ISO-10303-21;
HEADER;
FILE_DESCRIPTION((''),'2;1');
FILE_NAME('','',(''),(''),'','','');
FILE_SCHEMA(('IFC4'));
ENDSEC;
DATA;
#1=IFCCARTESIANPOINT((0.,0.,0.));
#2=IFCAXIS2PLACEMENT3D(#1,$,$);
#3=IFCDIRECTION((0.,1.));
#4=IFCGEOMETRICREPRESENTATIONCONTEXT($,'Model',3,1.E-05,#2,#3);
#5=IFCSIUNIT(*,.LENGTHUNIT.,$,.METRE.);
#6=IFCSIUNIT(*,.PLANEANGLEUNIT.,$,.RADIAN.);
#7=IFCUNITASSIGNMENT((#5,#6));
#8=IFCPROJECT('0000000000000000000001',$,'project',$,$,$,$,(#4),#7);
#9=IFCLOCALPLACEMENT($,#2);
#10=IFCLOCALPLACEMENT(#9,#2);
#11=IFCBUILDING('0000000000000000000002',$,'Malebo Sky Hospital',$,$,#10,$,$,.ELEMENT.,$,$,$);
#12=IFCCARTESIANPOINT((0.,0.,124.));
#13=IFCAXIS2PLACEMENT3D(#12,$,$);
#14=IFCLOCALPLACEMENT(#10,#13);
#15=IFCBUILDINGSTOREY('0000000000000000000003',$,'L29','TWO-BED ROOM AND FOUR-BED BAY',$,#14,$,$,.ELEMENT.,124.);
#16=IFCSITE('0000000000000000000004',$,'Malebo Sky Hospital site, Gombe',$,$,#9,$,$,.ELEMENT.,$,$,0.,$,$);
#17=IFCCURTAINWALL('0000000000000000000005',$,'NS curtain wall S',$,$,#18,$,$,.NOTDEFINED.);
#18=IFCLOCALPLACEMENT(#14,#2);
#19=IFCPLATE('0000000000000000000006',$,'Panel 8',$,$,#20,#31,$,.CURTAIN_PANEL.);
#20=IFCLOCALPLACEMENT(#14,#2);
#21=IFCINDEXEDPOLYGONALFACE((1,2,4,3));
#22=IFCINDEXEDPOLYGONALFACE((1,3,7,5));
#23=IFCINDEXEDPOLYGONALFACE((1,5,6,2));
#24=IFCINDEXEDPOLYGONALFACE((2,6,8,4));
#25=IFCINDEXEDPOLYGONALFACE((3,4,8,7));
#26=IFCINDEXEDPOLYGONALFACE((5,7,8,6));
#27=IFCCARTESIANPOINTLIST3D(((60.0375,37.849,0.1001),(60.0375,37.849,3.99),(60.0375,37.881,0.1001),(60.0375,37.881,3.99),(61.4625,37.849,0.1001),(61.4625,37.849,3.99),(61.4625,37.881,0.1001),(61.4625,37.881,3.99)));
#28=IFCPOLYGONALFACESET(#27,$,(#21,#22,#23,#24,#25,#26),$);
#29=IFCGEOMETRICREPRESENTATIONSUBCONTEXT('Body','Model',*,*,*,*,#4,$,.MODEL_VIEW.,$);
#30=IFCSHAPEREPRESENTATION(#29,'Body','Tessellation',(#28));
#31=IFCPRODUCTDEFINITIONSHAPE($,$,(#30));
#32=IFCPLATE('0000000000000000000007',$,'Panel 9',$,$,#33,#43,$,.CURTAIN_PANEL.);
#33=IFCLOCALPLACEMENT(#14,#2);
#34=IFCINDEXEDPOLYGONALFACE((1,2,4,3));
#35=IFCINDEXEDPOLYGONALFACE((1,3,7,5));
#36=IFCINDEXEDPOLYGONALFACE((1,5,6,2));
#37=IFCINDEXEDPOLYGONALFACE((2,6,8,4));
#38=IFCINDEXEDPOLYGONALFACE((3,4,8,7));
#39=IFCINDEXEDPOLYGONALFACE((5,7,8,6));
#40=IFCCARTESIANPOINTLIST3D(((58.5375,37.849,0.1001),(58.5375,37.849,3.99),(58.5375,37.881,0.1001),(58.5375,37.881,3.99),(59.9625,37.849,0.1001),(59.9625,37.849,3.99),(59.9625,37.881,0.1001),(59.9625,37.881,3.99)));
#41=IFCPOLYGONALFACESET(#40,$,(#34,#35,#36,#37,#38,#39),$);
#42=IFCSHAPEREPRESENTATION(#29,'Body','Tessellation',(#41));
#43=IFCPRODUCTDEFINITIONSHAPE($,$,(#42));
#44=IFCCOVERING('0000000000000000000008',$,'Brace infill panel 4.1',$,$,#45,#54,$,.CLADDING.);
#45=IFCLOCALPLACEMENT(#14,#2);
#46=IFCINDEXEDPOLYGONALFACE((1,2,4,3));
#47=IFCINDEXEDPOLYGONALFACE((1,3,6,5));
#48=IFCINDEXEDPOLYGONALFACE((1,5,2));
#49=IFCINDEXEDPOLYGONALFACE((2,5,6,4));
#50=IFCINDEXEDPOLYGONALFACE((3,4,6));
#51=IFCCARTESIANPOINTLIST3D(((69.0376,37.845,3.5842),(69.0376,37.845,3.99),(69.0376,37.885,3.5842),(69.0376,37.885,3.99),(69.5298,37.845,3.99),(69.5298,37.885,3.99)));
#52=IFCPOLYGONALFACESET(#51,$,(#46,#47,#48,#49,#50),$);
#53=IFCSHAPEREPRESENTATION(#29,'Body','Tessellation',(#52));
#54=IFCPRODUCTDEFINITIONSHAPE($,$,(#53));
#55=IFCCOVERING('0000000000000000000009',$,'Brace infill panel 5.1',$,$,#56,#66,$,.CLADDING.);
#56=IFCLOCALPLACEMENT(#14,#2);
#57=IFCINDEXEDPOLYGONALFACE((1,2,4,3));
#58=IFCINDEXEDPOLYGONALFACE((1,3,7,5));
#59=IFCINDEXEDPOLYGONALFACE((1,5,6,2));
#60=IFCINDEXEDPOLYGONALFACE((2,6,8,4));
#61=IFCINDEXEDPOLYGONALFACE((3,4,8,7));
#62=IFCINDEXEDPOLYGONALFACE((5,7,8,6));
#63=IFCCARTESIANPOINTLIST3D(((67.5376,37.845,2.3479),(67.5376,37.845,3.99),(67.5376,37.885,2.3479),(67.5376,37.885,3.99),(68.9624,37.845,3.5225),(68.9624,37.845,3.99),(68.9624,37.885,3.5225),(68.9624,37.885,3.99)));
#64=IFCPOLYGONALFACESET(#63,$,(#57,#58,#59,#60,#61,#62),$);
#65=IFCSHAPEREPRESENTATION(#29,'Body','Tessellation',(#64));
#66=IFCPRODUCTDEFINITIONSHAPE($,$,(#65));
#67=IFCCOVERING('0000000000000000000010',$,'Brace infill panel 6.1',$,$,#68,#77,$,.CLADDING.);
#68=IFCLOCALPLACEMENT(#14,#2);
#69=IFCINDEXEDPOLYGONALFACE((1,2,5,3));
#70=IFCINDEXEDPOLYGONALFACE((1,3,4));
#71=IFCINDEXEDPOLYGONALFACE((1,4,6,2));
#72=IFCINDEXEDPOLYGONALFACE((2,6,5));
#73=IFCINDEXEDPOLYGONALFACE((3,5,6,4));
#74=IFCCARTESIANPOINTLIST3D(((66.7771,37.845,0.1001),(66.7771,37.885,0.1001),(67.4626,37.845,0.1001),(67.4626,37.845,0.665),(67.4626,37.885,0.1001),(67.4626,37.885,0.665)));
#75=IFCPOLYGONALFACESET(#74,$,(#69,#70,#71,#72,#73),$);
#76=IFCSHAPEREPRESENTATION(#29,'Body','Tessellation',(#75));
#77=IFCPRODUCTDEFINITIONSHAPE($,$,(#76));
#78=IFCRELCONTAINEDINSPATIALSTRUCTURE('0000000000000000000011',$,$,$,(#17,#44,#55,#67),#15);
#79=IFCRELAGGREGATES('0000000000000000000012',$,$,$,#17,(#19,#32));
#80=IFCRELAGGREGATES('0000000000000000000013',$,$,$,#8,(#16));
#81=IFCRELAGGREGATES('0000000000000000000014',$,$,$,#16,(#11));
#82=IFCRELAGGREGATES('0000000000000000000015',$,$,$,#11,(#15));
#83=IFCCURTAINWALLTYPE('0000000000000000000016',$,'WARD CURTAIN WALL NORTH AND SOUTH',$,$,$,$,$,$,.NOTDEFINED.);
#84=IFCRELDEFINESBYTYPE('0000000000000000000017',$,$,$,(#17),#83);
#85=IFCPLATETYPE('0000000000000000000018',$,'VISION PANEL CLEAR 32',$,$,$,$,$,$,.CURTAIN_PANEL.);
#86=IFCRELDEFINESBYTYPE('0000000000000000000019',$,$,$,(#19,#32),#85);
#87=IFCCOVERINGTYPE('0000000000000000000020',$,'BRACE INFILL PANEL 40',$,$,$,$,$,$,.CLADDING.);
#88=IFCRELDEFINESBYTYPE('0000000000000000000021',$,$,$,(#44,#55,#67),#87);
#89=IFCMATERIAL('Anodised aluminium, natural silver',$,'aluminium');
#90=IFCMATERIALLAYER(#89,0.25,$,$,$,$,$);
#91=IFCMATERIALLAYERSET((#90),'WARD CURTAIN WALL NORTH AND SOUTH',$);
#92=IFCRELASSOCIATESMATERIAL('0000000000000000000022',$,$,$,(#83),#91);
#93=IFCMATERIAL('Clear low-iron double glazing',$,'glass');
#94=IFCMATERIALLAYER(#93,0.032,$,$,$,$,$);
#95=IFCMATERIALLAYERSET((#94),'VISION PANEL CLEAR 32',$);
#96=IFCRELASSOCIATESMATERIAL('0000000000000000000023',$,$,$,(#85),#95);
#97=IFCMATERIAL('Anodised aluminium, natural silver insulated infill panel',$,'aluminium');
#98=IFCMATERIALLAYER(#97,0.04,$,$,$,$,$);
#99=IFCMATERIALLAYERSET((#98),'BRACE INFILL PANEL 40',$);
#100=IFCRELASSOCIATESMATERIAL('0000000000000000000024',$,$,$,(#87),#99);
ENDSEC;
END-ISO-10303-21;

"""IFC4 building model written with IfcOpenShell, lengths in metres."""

from ifc_helpers import new_model, si_unit, direction, frame, origin, origin_2d, place, context, subcontext, project, spatial, polyline, rectangle, outline, extrude, material, layer, layer_set, type_object, element, aggregate, save


model = new_model("IFC4")

# Units and contexts
model_context = context("Model", 3, precision=1e-05, world=origin(), true_north=direction((0.0, 1.0)))
body_context = subcontext(model_context, "Body", "Model", "MODEL_VIEW")
ifc_project = project(units=[si_unit("LENGTHUNIT", "METRE"), si_unit("PLANEANGLEUNIT", "RADIAN")], contexts=[model_context])

# Site, building, storey
site_placement = place(None, origin())
site = spatial("IfcSite", under=ifc_project, at=site_placement, Name="Malebo Sky Hospital site, Gombe", CompositionType="ELEMENT", RefElevation=0.0)
building_placement = place(site_placement, origin())
building = spatial("IfcBuilding", under=site, at=building_placement, Name="Malebo Sky Hospital", CompositionType="ELEMENT")
storey_placement = place(building_placement, frame((0.0, 0.0, 124.0)))
storey = spatial("IfcBuildingStorey", under=building, at=storey_placement, Name="L29", Description="TWO-BED ROOM AND FOUR-BED BAY", CompositionType="ELEMENT", Elevation=124.0)

# Curtain wall
ifc_material_1 = material(Name="Anodised aluminium, natural silver", Category="aluminium")
ifc_layer_1 = layer(ifc_material_1, 0.25)
ifc_layer_set_1 = layer_set([ifc_layer_1], Name="WARD CURTAIN WALL NORTH AND SOUTH")
curtain_wall_type = type_object("IfcCurtainWallType", Name="WARD CURTAIN WALL NORTH AND SOUTH", PredefinedType="NOTDEFINED", material=ifc_layer_set_1)
curtain_wall_placement = place(storey_placement, origin())
curtain_wall = element("IfcCurtainWall", 1, at=curtain_wall_placement, inside=storey, type_object=curtain_wall_type, Name="NS curtain wall S", PredefinedType="NOTDEFINED")

# Plates
ifc_material_2 = material(Name="Clear low-iron double glazing", Category="glass")
ifc_layer_2 = layer(ifc_material_2, 0.032)
ifc_layer_set_2 = layer_set([ifc_layer_2], Name="VISION PANEL CLEAR 32")
plate_type = type_object("IfcPlateType", Name="VISION PANEL CLEAR 32", PredefinedType="CURTAIN_PANEL", material=ifc_layer_set_2)
plate_1_placement = place(storey_placement, frame((60.75, 37.865, 0.1001), z_axis=(0.0, 0.0, 1.0), x_axis=(-1.0, 0.0, 0.0)))
plate_1 = element("IfcPlate", 2, at=plate_1_placement, type_object=plate_type, Name="Panel 8", PredefinedType="CURTAIN_PANEL", context=body_context, shape_type="SweptSolid", body=[
    extrude(rectangle(XDim=1.425, YDim=0.032, at=origin_2d()), origin(), (0.0, 0.0, 1.0), 3.8899),
])
plate_2_placement = place(storey_placement, frame((59.25, 37.865, 0.1001), z_axis=(0.0, 0.0, 1.0), x_axis=(-1.0, 0.0, 0.0)))
plate_2 = element("IfcPlate", 3, at=plate_2_placement, type_object=plate_type, Name="Panel 9", PredefinedType="CURTAIN_PANEL", context=body_context, shape_type="SweptSolid", body=[
    extrude(rectangle(XDim=1.425, YDim=0.032, at=origin_2d()), origin(), (0.0, 0.0, 1.0), 3.8899),
])
aggregate(curtain_wall, [plate_1, plate_2])

# Coverings
ifc_material_3 = material(Name="Anodised aluminium, natural silver insulated infill panel", Category="aluminium")
ifc_layer_3 = layer(ifc_material_3, 0.04)
ifc_layer_set_3 = layer_set([ifc_layer_3], Name="BRACE INFILL PANEL 40")
covering_type = type_object("IfcCoveringType", Name="BRACE INFILL PANEL 40", PredefinedType="CLADDING", material=ifc_layer_set_3)
covering_1_placement = place(storey_placement, frame((69.2837, 37.865, 3.5842), z_axis=(0.0, 0.0, 1.0), x_axis=(-1.0, 0.0, 0.0)))
element("IfcCovering", 4, at=covering_1_placement, inside=storey, type_object=covering_type, Name="Brace infill panel 4.1", PredefinedType="CLADDING", context=body_context, shape_type="SweptSolid", body=[
    extrude(outline(polyline([(0.2461, 0.0), (0.2461, 0.4058), (-0.2461, 0.4058), (0.2461, 0.0)])), frame((0.0, 0.02, 0.0), z_axis=(0.0, -1.0, 0.0), x_axis=(1.0, 0.0, 0.0)), (0.0, 0.0, 1.0), 0.04),
])
covering_2_placement = place(storey_placement, frame((68.25, 37.865, 2.3479), z_axis=(0.0, 0.0, 1.0), x_axis=(-1.0, 0.0, 0.0)))
element("IfcCovering", 5, at=covering_2_placement, inside=storey, type_object=covering_type, Name="Brace infill panel 5.1", PredefinedType="CLADDING", context=body_context, shape_type="SweptSolid", body=[
    extrude(outline(polyline([(0.7124, 0.0), (0.7124, 1.6421), (-0.7124, 1.6421), (-0.7124, 1.1746), (0.7124, 0.0)])), frame((0.0, 0.02, 0.0), z_axis=(0.0, -1.0, 0.0), x_axis=(1.0, 0.0, 0.0)), (0.0, 0.0, 1.0), 0.04),
])
covering_3_placement = place(storey_placement, frame((67.1199, 37.865, 0.1001), z_axis=(0.0, 0.0, 1.0), x_axis=(-1.0, 0.0, 0.0)))
element("IfcCovering", 6, at=covering_3_placement, inside=storey, type_object=covering_type, Name="Brace infill panel 6.1", PredefinedType="CLADDING", context=body_context, shape_type="SweptSolid", body=[
    extrude(outline(polyline([(-0.3428, 0.0), (0.3428, 0.0), (-0.3428, 0.5649), (-0.3428, 0.0)])), frame((0.0, 0.02, 0.0), z_axis=(0.0, -1.0, 0.0), x_axis=(1.0, 0.0, 0.0)), (0.0, 0.0, 1.0), 0.04),
])

save(model, "model.ifc")
